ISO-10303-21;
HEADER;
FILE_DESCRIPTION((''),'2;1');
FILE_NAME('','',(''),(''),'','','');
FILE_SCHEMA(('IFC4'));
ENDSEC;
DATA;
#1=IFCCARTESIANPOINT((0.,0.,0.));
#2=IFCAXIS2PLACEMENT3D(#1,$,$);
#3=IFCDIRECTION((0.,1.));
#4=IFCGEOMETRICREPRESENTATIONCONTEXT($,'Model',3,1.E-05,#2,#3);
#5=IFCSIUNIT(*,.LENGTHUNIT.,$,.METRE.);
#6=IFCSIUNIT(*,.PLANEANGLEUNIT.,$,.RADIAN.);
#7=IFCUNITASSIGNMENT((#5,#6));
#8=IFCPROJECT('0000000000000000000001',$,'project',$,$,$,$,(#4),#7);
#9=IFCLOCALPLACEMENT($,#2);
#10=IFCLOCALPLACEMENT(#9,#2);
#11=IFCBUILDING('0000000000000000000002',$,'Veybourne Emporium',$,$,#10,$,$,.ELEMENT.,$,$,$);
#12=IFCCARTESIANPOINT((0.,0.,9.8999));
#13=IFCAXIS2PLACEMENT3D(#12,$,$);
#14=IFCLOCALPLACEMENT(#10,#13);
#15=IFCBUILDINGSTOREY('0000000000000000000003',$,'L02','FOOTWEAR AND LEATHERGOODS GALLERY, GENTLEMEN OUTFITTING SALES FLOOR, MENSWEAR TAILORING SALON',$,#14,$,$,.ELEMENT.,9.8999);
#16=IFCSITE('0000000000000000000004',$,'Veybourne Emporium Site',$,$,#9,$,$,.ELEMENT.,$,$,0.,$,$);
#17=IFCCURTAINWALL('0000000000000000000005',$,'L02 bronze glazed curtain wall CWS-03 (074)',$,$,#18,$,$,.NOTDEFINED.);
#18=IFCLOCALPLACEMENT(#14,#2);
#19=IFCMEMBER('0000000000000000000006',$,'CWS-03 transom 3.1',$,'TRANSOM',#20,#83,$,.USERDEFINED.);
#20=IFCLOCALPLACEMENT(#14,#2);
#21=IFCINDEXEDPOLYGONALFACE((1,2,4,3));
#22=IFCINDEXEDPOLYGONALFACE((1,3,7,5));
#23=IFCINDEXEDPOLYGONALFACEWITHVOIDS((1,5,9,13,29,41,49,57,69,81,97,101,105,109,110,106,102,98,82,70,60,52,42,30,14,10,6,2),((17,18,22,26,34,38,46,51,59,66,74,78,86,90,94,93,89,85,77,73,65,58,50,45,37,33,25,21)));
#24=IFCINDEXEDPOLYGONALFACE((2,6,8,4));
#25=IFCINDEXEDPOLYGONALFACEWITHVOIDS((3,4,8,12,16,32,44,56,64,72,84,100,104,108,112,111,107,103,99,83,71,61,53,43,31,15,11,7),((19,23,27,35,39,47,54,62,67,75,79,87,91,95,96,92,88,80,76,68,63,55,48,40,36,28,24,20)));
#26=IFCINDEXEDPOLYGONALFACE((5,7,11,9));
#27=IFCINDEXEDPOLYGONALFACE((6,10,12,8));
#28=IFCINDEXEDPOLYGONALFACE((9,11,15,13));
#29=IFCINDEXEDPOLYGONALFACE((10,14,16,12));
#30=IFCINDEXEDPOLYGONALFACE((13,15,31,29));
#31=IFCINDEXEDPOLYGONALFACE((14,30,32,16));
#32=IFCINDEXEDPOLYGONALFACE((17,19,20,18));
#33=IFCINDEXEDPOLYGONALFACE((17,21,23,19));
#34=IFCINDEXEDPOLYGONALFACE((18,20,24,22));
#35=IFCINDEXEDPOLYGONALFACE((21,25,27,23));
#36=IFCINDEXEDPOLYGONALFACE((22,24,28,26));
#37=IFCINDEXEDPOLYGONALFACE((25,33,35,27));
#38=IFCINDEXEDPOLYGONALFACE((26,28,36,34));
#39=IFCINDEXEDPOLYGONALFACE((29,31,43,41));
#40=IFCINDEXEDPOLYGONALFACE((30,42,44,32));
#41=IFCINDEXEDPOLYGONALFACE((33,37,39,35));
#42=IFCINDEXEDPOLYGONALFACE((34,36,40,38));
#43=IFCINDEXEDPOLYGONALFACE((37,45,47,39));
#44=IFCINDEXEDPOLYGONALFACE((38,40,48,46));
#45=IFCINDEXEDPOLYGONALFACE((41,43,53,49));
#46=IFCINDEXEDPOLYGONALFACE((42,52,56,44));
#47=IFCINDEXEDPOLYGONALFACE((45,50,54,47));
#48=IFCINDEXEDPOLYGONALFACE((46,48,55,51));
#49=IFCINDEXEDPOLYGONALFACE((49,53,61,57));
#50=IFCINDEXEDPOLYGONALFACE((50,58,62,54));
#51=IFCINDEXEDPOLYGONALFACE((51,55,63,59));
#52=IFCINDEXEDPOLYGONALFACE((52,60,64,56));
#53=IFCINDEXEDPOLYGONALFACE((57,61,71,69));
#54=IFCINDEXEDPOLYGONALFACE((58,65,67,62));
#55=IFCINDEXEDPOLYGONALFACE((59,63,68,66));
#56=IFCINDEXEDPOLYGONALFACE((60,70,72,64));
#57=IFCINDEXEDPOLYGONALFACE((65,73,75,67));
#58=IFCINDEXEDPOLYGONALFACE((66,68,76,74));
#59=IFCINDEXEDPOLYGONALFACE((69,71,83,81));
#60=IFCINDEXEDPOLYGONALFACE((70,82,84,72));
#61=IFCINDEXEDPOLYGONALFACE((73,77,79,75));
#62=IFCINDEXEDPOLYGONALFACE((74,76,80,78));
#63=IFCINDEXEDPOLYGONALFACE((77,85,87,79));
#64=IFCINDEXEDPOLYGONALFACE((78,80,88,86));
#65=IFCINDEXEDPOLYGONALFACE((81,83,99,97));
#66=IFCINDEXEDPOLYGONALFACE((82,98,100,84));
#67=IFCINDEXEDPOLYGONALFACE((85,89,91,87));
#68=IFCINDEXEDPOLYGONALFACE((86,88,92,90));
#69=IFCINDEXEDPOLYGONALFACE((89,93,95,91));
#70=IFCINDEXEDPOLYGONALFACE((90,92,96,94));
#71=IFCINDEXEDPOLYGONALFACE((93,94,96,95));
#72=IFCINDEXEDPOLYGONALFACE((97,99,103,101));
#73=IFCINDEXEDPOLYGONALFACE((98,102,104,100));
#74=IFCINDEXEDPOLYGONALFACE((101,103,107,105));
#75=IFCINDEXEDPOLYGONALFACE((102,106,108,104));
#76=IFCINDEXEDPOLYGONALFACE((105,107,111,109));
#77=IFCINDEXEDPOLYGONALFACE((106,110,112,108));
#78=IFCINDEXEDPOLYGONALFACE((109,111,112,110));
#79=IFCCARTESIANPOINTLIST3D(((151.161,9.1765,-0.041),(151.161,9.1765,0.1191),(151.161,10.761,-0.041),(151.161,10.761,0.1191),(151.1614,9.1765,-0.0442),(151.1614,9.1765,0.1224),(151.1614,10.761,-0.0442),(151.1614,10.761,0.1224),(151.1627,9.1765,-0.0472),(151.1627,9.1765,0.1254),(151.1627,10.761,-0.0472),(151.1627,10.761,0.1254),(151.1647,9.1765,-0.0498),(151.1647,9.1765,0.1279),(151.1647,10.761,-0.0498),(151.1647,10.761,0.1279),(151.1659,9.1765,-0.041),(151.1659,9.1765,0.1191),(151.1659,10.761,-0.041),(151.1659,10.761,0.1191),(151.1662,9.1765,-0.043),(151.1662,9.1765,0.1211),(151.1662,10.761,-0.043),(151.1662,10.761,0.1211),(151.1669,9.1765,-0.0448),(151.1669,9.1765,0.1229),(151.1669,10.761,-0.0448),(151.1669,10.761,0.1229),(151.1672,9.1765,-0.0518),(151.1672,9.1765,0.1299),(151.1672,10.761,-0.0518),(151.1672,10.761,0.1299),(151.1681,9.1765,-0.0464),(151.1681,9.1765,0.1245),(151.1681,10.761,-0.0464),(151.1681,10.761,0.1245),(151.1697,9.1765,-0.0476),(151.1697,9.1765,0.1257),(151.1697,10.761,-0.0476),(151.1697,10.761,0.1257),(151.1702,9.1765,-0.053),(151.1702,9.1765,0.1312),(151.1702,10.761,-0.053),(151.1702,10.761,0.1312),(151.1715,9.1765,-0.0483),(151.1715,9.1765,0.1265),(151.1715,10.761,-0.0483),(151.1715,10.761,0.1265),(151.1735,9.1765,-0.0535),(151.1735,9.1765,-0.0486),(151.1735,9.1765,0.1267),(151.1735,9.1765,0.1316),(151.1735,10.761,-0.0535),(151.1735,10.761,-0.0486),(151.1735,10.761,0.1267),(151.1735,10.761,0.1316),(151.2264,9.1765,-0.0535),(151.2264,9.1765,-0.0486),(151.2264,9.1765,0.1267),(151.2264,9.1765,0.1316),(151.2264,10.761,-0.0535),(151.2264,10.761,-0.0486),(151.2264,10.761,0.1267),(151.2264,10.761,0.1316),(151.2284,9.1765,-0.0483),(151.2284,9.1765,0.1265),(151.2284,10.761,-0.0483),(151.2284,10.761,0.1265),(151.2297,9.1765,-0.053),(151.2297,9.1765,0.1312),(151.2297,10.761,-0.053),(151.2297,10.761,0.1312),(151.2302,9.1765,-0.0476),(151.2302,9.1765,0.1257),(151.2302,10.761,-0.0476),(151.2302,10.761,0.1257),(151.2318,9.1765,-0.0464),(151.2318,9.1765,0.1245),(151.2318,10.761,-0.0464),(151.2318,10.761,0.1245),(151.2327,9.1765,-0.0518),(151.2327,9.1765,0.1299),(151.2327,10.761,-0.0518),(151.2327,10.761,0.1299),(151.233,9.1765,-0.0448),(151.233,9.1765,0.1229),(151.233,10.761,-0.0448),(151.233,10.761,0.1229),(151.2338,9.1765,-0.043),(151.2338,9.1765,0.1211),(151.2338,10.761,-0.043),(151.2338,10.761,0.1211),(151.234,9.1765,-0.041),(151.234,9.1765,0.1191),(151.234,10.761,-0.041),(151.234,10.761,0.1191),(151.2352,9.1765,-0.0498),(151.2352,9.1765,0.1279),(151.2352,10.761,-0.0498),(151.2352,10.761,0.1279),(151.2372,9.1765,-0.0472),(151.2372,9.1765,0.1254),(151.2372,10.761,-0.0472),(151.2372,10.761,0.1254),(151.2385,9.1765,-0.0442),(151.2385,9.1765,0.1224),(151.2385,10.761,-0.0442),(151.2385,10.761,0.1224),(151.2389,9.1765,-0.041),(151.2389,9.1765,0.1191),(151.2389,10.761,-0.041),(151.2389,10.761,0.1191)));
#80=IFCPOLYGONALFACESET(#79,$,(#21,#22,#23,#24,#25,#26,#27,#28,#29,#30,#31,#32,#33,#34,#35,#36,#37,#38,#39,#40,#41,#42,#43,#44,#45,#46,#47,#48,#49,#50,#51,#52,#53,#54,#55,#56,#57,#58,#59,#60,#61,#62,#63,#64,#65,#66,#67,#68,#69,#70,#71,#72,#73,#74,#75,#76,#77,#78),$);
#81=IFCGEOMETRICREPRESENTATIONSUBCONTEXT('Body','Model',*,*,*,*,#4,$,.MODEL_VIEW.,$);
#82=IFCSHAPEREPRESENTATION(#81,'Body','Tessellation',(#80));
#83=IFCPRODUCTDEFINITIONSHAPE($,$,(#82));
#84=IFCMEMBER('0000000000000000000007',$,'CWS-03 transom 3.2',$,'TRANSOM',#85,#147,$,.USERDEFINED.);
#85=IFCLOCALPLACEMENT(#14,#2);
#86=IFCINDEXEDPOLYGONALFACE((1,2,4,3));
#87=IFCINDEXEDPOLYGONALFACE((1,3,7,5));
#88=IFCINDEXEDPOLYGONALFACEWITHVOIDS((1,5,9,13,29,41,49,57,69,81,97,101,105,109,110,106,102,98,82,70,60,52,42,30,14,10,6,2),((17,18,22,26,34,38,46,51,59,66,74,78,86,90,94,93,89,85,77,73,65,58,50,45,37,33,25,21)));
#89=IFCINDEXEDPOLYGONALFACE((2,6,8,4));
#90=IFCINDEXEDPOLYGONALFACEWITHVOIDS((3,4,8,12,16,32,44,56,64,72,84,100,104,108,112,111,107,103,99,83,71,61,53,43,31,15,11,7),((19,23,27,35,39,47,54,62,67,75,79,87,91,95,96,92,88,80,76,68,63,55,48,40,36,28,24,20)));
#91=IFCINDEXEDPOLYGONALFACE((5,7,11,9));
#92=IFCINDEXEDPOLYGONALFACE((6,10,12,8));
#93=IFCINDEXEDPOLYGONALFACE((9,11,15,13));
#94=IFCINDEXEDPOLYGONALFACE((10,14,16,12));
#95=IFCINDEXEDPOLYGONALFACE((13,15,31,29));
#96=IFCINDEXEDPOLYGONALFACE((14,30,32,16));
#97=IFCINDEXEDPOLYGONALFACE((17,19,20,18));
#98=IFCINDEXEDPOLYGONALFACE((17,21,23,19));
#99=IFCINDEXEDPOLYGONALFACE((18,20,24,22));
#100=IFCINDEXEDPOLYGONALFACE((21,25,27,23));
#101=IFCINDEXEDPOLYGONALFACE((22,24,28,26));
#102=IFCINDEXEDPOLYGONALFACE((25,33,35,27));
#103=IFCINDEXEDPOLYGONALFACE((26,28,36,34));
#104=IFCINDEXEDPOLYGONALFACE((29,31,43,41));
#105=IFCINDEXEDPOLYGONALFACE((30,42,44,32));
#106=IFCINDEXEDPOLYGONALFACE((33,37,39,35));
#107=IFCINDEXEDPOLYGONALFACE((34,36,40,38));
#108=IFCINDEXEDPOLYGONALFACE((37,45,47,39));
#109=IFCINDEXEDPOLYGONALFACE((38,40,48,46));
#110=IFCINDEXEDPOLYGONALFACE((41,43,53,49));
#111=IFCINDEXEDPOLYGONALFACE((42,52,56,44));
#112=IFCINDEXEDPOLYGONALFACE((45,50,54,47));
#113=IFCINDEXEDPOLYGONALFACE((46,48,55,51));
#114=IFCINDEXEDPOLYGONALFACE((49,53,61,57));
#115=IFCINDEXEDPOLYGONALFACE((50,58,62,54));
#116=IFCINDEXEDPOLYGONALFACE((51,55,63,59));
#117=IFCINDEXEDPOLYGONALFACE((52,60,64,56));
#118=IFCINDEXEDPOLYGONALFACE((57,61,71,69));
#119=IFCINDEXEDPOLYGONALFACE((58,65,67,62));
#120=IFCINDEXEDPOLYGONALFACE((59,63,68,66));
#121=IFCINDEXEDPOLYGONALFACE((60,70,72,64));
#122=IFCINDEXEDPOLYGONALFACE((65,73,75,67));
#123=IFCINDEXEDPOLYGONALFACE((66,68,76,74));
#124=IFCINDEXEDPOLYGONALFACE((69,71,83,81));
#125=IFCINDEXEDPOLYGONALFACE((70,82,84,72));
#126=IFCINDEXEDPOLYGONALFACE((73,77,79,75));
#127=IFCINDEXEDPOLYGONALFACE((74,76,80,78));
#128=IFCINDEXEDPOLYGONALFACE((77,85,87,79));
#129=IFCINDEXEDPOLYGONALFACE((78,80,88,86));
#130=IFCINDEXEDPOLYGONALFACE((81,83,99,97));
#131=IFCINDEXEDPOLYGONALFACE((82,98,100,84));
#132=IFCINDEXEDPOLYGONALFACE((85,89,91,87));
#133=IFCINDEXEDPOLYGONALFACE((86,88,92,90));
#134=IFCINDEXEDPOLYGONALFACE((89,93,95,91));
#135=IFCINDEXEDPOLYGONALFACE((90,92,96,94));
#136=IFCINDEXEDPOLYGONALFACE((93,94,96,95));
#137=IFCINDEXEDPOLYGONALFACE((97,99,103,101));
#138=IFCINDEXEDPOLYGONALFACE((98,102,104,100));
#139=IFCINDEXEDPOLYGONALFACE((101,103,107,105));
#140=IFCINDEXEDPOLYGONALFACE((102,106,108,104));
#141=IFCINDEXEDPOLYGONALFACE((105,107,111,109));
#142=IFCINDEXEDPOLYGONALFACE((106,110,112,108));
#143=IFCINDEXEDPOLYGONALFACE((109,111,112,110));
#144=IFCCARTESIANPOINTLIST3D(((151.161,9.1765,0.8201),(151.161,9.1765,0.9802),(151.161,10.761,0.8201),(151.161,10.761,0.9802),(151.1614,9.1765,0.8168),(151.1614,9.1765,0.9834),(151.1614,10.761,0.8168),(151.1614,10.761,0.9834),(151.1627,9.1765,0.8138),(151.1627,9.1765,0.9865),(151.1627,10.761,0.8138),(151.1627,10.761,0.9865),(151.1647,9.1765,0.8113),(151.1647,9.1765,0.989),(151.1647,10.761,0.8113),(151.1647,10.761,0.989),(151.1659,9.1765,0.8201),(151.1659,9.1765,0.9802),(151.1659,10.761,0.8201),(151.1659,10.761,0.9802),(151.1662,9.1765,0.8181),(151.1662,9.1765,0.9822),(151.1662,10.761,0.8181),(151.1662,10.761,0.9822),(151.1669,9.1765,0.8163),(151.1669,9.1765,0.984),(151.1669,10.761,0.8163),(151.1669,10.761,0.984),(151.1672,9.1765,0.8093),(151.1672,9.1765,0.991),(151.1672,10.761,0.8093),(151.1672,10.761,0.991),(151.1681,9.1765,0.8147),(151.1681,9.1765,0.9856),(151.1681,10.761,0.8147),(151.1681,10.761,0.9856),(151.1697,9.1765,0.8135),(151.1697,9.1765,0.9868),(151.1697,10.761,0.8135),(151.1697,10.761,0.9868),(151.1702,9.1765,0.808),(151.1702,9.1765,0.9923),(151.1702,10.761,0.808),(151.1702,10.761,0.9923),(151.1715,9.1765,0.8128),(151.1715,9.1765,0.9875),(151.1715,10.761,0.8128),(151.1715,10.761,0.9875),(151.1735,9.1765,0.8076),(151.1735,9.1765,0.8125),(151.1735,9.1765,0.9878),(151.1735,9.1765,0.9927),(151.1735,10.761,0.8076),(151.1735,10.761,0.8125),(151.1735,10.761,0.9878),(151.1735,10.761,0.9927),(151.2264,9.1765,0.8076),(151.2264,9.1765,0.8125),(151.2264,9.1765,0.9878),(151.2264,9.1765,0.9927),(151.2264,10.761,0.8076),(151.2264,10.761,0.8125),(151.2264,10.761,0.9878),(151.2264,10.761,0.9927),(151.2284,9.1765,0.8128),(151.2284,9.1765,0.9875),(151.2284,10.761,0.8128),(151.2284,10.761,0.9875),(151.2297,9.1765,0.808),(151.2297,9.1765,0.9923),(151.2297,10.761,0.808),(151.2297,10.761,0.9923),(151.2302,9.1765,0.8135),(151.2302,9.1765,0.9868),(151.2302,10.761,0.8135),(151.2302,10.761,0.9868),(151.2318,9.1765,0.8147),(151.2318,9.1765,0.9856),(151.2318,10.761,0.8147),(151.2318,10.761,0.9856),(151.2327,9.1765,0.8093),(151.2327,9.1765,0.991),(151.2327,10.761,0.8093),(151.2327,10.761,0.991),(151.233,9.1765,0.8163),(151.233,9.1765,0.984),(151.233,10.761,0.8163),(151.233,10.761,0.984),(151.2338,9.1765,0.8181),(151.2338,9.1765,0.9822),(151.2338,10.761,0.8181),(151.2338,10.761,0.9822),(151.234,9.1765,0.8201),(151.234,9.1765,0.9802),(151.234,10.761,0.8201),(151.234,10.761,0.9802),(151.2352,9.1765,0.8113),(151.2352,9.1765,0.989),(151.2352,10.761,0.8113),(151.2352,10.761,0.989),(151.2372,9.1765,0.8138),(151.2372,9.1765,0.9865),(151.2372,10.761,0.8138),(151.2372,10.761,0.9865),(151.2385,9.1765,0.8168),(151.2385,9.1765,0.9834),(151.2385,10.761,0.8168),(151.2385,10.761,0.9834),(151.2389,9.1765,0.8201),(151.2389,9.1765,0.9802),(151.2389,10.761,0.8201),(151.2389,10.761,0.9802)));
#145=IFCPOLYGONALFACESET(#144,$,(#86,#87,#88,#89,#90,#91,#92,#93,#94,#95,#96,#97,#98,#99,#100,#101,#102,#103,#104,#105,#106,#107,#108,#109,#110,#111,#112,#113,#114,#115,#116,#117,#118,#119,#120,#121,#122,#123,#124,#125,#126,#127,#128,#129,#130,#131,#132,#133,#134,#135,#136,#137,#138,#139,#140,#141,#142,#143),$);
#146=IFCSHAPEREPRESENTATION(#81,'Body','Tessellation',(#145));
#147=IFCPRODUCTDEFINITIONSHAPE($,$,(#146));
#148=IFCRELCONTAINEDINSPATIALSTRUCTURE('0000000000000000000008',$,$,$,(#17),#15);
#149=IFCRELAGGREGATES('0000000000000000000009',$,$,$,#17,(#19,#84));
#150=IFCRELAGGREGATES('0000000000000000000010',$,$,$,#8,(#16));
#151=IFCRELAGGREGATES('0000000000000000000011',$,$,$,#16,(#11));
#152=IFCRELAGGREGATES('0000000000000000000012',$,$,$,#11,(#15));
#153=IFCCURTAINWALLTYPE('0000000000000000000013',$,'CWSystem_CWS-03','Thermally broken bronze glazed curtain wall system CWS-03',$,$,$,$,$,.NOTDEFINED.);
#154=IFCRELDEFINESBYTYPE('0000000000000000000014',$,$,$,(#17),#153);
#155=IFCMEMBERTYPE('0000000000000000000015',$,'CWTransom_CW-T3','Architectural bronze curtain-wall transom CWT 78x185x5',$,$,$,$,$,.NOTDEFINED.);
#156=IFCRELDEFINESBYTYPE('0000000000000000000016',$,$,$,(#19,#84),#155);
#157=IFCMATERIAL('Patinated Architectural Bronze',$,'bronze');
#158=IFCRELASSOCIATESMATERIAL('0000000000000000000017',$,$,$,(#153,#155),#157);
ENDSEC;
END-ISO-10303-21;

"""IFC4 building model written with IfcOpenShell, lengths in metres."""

from ifc_helpers import new_model, si_unit, direction, frame, origin, origin_2d, place, context, subcontext, project, spatial, hollow_rectangle, extrude, material, material_profile, profile_set, type_object, element, aggregate, save


model = new_model("IFC4")

# Units and contexts
model_context = context("Model", 3, precision=1e-05, world=origin(), true_north=direction((0.0, 1.0)))
body_context = subcontext(model_context, "Body", "Model", "MODEL_VIEW")
ifc_project = project(units=[si_unit("LENGTHUNIT", "METRE"), si_unit("PLANEANGLEUNIT", "RADIAN")], contexts=[model_context])

# Site, building, storey
site_placement = place(None, origin())
site = spatial("IfcSite", under=ifc_project, at=site_placement, Name="Veybourne Emporium Site", CompositionType="ELEMENT", RefElevation=0.0)
building_placement = place(site_placement, origin())
building = spatial("IfcBuilding", under=site, at=building_placement, Name="Veybourne Emporium", CompositionType="ELEMENT")
storey_placement = place(building_placement, frame((0.0, 0.0, 9.8999)))
storey = spatial("IfcBuildingStorey", under=building, at=storey_placement, Name="L02", Description="FOOTWEAR AND LEATHERGOODS GALLERY, GENTLEMEN OUTFITTING SALES FLOOR, MENSWEAR TAILORING SALON", CompositionType="ELEMENT", Elevation=9.8999)

# Curtain wall
ifc_material_1 = material(Name="Patinated Architectural Bronze", Category="bronze")
curtain_wall_type_1 = type_object("IfcCurtainWallType", Name="CWSystem_CWS-03", Description="Thermally broken bronze glazed curtain wall system CWS-03", PredefinedType="NOTDEFINED", material=ifc_material_1)
curtain_wall_1_placement = place(storey_placement, origin())
curtain_wall_1 = element("IfcCurtainWall", 1, at=curtain_wall_1_placement, inside=storey, type_object=curtain_wall_type_1, Name="L02 bronze glazed curtain wall CWS-03 (074)", PredefinedType="NOTDEFINED")

# Members
ifc_material_profile_1 = material_profile(ifc_material_1, hollow_rectangle(XDim=0.0779, YDim=0.1851, WallThickness=0.0049, InnerFilletRadius=0.0076, OuterFilletRadius=0.0125, at=origin_2d()), Name="CWT 78x185x5")
ifc_profile_set_1 = profile_set([ifc_material_profile_1], Name="Patinated Architectural Bronze")
member_type_1 = type_object("IfcMemberType", Name="CWTransom_CW-T3", Description="Architectural bronze curtain-wall transom CWT 78x185x5", PredefinedType="NOTDEFINED", material=ifc_profile_set_1)
member_1_placement = place(storey_placement, frame((151.2, 10.761, 0.0391), z_axis=(0.0, -1.0, 0.0), x_axis=(1.0, 0.0, 0.0)))
member_1 = element("IfcMember", 2, at=member_1_placement, type_object=member_type_1, Name="CWS-03 transom 3.1", ObjectType="TRANSOM", PredefinedType="USERDEFINED", context=body_context, shape_type="SweptSolid", body=[
    extrude(hollow_rectangle(XDim=0.0779, YDim=0.1851, WallThickness=0.0049, InnerFilletRadius=0.0076, OuterFilletRadius=0.0125, at=origin_2d()), origin(), (0.0, 0.0, 1.0), 1.5845),
])
member_2_placement = place(storey_placement, frame((151.2, 10.761, 0.9001), z_axis=(0.0, -1.0, 0.0), x_axis=(1.0, 0.0, 0.0)))
member_2 = element("IfcMember", 3, at=member_2_placement, type_object=member_type_1, Name="CWS-03 transom 3.2", ObjectType="TRANSOM", PredefinedType="USERDEFINED", context=body_context, shape_type="SweptSolid", body=[
    extrude(hollow_rectangle(XDim=0.0779, YDim=0.1851, WallThickness=0.0049, InnerFilletRadius=0.0076, OuterFilletRadius=0.0125, at=origin_2d()), origin(), (0.0, 0.0, 1.0), 1.5845),
])

aggregate(curtain_wall_1, [member_1, member_2])

save(model, "model.ifc")
